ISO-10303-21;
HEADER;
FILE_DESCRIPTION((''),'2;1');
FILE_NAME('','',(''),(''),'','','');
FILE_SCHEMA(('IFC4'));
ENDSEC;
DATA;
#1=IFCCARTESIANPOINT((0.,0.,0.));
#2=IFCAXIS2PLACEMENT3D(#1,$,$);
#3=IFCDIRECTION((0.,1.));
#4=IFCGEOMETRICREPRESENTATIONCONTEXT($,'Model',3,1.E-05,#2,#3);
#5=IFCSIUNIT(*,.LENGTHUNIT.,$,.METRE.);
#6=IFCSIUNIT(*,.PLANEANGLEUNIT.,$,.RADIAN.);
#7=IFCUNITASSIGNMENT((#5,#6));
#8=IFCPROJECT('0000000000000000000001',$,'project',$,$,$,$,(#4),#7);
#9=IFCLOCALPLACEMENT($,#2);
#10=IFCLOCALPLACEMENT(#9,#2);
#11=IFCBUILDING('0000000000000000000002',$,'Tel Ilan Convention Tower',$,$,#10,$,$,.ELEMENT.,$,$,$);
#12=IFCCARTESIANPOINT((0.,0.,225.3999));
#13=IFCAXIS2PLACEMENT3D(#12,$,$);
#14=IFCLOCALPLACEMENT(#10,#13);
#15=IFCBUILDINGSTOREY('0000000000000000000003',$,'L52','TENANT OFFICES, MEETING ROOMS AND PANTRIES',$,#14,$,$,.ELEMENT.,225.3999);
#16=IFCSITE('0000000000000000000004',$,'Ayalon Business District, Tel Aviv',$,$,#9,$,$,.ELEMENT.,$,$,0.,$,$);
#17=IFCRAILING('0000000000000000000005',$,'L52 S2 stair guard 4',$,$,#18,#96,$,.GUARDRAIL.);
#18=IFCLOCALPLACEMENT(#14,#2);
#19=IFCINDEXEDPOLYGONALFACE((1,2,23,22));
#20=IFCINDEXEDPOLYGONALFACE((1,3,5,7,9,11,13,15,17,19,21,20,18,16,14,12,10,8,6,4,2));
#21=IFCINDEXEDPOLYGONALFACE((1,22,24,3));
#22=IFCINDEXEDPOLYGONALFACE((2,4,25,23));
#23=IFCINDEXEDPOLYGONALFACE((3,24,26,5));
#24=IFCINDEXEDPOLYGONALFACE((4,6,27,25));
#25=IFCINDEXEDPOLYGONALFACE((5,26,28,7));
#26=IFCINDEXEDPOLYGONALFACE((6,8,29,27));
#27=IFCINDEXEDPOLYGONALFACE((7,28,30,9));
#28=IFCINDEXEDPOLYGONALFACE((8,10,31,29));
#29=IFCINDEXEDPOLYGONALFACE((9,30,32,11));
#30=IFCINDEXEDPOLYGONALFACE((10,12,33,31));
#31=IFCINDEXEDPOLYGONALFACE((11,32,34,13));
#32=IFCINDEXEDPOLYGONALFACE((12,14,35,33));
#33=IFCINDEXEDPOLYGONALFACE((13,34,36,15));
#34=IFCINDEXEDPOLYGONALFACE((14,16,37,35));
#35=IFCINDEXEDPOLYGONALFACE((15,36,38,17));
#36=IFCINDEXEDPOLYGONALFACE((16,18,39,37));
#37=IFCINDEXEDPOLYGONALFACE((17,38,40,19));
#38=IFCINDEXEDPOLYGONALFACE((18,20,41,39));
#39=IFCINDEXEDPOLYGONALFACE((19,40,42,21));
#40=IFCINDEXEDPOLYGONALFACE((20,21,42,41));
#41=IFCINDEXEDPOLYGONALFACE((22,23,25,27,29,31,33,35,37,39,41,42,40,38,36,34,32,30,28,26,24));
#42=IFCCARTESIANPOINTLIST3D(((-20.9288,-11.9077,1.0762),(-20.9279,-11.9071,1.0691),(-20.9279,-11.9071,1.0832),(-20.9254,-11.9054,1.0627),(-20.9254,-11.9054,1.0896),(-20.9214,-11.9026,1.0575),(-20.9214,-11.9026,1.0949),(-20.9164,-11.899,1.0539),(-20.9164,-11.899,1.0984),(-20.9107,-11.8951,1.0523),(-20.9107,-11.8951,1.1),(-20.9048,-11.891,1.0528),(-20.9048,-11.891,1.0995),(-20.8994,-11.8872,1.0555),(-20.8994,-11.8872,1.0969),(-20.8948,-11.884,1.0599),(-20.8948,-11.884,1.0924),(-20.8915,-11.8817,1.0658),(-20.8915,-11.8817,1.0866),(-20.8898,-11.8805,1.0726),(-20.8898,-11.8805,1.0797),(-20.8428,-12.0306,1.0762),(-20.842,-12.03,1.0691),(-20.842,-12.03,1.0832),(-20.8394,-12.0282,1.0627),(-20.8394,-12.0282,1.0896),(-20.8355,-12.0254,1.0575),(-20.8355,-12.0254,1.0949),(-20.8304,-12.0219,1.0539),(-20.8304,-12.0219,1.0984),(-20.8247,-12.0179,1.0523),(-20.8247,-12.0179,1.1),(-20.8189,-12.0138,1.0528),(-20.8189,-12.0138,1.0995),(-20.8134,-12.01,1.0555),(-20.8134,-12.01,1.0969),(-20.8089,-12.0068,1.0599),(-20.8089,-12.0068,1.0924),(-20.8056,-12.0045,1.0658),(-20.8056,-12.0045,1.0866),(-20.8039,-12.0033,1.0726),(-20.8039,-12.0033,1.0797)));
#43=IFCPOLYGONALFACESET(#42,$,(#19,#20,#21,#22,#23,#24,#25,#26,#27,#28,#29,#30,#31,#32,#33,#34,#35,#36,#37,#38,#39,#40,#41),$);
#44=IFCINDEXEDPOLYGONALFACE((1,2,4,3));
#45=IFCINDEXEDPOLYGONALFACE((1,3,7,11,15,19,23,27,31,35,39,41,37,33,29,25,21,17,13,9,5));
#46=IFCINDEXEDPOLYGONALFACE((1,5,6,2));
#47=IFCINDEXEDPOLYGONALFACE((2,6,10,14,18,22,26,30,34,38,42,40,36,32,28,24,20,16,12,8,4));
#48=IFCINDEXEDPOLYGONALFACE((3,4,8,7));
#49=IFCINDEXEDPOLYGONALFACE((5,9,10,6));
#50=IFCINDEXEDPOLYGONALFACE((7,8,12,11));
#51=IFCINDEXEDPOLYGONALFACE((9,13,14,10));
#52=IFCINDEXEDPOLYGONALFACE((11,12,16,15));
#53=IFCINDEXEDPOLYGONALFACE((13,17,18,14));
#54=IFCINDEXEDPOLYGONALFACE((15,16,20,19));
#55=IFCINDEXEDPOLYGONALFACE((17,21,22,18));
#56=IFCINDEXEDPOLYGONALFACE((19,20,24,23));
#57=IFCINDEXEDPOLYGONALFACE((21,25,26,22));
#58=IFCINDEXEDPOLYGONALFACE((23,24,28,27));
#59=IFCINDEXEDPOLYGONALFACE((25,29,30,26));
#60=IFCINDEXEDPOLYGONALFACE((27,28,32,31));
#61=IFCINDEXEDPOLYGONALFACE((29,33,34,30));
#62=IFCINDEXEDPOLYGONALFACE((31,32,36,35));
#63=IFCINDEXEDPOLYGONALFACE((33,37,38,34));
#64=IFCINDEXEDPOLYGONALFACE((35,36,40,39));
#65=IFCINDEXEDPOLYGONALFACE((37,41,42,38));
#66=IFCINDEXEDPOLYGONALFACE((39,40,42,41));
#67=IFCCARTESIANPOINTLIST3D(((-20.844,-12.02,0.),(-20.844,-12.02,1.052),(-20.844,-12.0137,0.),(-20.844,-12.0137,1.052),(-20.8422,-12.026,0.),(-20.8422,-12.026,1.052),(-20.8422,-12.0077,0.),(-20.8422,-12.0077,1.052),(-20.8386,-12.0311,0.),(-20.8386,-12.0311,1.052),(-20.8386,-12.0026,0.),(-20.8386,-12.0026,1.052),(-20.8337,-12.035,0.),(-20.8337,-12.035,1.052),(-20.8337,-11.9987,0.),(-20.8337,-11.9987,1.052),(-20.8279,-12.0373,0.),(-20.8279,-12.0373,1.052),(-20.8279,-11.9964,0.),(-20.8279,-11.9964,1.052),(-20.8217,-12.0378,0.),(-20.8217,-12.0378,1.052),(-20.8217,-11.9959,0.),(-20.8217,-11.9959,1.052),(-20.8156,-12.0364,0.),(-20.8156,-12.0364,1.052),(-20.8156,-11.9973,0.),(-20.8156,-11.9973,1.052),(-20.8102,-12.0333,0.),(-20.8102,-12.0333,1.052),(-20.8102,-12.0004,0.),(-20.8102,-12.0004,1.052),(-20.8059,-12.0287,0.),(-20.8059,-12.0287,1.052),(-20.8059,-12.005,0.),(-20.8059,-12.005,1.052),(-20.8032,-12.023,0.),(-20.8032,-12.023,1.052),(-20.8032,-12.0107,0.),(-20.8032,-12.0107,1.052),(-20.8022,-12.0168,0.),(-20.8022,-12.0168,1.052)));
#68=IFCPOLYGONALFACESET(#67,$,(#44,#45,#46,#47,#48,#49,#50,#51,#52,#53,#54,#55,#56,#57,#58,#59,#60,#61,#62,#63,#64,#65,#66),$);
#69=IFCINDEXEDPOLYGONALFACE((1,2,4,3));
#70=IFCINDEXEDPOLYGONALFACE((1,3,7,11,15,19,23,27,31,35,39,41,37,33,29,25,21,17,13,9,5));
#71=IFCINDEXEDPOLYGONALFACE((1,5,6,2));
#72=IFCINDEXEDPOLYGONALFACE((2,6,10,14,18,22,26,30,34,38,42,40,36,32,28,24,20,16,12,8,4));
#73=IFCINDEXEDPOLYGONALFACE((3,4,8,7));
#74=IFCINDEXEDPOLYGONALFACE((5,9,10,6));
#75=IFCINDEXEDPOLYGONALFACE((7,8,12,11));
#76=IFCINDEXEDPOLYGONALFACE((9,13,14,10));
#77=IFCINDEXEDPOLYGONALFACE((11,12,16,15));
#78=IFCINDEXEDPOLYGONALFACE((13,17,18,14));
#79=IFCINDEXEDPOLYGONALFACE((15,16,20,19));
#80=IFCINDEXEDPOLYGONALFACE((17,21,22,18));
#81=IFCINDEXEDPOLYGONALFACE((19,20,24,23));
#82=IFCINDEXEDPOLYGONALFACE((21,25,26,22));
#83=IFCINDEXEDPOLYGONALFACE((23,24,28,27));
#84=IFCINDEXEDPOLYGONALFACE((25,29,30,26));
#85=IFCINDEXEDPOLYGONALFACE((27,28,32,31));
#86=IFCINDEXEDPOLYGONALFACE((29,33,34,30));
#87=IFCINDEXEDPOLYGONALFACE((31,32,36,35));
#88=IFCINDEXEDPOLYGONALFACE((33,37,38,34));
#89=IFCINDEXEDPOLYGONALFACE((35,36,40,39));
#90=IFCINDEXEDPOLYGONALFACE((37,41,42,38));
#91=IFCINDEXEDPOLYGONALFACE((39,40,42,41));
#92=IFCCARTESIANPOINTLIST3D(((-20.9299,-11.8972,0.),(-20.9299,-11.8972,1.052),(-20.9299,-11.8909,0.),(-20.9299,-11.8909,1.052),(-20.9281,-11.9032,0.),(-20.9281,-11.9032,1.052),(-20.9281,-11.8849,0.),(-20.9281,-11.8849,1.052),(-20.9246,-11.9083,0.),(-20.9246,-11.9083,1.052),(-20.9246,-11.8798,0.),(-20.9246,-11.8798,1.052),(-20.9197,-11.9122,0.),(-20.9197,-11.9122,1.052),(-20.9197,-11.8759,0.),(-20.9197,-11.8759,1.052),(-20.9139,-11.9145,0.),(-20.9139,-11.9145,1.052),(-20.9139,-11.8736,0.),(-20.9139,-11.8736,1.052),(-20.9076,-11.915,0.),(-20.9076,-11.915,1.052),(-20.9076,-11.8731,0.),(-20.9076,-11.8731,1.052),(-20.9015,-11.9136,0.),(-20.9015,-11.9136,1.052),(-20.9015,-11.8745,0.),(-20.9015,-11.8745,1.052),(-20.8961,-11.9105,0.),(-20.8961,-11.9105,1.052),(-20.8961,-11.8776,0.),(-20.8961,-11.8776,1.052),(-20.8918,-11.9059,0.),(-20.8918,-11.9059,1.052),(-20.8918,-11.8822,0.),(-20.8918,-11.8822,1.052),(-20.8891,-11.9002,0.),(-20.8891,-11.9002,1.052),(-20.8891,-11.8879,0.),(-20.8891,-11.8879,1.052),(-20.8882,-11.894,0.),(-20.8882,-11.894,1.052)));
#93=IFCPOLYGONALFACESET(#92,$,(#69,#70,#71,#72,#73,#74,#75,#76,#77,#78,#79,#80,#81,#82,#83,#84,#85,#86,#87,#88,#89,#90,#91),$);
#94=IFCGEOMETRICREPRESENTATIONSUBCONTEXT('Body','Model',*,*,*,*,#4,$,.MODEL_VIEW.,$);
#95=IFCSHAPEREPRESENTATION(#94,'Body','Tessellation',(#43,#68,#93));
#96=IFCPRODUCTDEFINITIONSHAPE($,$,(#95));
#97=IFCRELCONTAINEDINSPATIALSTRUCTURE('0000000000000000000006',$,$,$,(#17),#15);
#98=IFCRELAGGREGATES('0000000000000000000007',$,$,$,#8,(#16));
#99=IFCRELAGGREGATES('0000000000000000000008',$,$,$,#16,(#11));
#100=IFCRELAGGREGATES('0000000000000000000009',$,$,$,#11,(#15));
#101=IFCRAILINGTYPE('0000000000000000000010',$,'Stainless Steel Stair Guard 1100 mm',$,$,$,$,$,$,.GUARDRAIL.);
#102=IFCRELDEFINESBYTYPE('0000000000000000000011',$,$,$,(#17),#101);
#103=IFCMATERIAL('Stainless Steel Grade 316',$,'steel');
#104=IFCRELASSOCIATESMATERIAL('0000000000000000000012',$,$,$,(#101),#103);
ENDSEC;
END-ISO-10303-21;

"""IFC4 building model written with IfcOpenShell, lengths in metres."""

from ifc_helpers import new_model, si_unit, direction, frame, origin, origin_2d, place, context, subcontext, project, spatial, circle, extrude, material, type_object, element, save


model = new_model("IFC4")

# Units and contexts
model_context = context("Model", 3, precision=1e-05, world=origin(), true_north=direction((0.0, 1.0)))
body_context = subcontext(model_context, "Body", "Model", "MODEL_VIEW")
ifc_project = project(units=[si_unit("LENGTHUNIT", "METRE"), si_unit("PLANEANGLEUNIT", "RADIAN")], contexts=[model_context])

# Site, building, storey
site_placement = place(None, origin())
site = spatial("IfcSite", under=ifc_project, at=site_placement, Name="Ayalon Business District, Tel Aviv", CompositionType="ELEMENT", RefElevation=0.0)
building_placement = place(site_placement, origin())
building = spatial("IfcBuilding", under=site, at=building_placement, Name="Tel Ilan Convention Tower", CompositionType="ELEMENT")
storey_placement = place(building_placement, frame((0.0, 0.0, 225.3999)))
storey = spatial("IfcBuildingStorey", under=building, at=storey_placement, Name="L52", Description="TENANT OFFICES, MEETING ROOMS AND PANTRIES", CompositionType="ELEMENT", Elevation=225.3999)

# Railing
ifc_material_1 = material(Name="Stainless Steel Grade 316", Category="steel")
railing_type_1 = type_object("IfcRailingType", Name="Stainless Steel Stair Guard 1100 mm", PredefinedType="GUARDRAIL", material=ifc_material_1)
railing_1_placement = place(storey_placement, frame((-20.8232, -12.0168, 0.0)))
element("IfcRailing", 1, at=railing_1_placement, inside=storey, type_object=railing_type_1, Name="L52 S2 stair guard 4", PredefinedType="GUARDRAIL", context=body_context, shape_type="SweptSolid", body=[
    extrude(circle(Radius=0.0239, at=origin_2d()), frame((0.0, 0.0, 1.0762), z_axis=(-0.573353, 0.819308, 0.0), x_axis=(-0.819308, -0.573353, 0.0)), (0.0, 0.0, 1.0), 0.1499),
    extrude(circle(Radius=0.021, at=origin_2d()), origin(), (0.0, 0.0, 1.0), 1.052),
    extrude(circle(Radius=0.021, at=origin_2d()), frame((-0.0859, 0.1228, 0.0)), (0.0, 0.0, 1.0), 1.052),
])

save(model, "model.ifc")
